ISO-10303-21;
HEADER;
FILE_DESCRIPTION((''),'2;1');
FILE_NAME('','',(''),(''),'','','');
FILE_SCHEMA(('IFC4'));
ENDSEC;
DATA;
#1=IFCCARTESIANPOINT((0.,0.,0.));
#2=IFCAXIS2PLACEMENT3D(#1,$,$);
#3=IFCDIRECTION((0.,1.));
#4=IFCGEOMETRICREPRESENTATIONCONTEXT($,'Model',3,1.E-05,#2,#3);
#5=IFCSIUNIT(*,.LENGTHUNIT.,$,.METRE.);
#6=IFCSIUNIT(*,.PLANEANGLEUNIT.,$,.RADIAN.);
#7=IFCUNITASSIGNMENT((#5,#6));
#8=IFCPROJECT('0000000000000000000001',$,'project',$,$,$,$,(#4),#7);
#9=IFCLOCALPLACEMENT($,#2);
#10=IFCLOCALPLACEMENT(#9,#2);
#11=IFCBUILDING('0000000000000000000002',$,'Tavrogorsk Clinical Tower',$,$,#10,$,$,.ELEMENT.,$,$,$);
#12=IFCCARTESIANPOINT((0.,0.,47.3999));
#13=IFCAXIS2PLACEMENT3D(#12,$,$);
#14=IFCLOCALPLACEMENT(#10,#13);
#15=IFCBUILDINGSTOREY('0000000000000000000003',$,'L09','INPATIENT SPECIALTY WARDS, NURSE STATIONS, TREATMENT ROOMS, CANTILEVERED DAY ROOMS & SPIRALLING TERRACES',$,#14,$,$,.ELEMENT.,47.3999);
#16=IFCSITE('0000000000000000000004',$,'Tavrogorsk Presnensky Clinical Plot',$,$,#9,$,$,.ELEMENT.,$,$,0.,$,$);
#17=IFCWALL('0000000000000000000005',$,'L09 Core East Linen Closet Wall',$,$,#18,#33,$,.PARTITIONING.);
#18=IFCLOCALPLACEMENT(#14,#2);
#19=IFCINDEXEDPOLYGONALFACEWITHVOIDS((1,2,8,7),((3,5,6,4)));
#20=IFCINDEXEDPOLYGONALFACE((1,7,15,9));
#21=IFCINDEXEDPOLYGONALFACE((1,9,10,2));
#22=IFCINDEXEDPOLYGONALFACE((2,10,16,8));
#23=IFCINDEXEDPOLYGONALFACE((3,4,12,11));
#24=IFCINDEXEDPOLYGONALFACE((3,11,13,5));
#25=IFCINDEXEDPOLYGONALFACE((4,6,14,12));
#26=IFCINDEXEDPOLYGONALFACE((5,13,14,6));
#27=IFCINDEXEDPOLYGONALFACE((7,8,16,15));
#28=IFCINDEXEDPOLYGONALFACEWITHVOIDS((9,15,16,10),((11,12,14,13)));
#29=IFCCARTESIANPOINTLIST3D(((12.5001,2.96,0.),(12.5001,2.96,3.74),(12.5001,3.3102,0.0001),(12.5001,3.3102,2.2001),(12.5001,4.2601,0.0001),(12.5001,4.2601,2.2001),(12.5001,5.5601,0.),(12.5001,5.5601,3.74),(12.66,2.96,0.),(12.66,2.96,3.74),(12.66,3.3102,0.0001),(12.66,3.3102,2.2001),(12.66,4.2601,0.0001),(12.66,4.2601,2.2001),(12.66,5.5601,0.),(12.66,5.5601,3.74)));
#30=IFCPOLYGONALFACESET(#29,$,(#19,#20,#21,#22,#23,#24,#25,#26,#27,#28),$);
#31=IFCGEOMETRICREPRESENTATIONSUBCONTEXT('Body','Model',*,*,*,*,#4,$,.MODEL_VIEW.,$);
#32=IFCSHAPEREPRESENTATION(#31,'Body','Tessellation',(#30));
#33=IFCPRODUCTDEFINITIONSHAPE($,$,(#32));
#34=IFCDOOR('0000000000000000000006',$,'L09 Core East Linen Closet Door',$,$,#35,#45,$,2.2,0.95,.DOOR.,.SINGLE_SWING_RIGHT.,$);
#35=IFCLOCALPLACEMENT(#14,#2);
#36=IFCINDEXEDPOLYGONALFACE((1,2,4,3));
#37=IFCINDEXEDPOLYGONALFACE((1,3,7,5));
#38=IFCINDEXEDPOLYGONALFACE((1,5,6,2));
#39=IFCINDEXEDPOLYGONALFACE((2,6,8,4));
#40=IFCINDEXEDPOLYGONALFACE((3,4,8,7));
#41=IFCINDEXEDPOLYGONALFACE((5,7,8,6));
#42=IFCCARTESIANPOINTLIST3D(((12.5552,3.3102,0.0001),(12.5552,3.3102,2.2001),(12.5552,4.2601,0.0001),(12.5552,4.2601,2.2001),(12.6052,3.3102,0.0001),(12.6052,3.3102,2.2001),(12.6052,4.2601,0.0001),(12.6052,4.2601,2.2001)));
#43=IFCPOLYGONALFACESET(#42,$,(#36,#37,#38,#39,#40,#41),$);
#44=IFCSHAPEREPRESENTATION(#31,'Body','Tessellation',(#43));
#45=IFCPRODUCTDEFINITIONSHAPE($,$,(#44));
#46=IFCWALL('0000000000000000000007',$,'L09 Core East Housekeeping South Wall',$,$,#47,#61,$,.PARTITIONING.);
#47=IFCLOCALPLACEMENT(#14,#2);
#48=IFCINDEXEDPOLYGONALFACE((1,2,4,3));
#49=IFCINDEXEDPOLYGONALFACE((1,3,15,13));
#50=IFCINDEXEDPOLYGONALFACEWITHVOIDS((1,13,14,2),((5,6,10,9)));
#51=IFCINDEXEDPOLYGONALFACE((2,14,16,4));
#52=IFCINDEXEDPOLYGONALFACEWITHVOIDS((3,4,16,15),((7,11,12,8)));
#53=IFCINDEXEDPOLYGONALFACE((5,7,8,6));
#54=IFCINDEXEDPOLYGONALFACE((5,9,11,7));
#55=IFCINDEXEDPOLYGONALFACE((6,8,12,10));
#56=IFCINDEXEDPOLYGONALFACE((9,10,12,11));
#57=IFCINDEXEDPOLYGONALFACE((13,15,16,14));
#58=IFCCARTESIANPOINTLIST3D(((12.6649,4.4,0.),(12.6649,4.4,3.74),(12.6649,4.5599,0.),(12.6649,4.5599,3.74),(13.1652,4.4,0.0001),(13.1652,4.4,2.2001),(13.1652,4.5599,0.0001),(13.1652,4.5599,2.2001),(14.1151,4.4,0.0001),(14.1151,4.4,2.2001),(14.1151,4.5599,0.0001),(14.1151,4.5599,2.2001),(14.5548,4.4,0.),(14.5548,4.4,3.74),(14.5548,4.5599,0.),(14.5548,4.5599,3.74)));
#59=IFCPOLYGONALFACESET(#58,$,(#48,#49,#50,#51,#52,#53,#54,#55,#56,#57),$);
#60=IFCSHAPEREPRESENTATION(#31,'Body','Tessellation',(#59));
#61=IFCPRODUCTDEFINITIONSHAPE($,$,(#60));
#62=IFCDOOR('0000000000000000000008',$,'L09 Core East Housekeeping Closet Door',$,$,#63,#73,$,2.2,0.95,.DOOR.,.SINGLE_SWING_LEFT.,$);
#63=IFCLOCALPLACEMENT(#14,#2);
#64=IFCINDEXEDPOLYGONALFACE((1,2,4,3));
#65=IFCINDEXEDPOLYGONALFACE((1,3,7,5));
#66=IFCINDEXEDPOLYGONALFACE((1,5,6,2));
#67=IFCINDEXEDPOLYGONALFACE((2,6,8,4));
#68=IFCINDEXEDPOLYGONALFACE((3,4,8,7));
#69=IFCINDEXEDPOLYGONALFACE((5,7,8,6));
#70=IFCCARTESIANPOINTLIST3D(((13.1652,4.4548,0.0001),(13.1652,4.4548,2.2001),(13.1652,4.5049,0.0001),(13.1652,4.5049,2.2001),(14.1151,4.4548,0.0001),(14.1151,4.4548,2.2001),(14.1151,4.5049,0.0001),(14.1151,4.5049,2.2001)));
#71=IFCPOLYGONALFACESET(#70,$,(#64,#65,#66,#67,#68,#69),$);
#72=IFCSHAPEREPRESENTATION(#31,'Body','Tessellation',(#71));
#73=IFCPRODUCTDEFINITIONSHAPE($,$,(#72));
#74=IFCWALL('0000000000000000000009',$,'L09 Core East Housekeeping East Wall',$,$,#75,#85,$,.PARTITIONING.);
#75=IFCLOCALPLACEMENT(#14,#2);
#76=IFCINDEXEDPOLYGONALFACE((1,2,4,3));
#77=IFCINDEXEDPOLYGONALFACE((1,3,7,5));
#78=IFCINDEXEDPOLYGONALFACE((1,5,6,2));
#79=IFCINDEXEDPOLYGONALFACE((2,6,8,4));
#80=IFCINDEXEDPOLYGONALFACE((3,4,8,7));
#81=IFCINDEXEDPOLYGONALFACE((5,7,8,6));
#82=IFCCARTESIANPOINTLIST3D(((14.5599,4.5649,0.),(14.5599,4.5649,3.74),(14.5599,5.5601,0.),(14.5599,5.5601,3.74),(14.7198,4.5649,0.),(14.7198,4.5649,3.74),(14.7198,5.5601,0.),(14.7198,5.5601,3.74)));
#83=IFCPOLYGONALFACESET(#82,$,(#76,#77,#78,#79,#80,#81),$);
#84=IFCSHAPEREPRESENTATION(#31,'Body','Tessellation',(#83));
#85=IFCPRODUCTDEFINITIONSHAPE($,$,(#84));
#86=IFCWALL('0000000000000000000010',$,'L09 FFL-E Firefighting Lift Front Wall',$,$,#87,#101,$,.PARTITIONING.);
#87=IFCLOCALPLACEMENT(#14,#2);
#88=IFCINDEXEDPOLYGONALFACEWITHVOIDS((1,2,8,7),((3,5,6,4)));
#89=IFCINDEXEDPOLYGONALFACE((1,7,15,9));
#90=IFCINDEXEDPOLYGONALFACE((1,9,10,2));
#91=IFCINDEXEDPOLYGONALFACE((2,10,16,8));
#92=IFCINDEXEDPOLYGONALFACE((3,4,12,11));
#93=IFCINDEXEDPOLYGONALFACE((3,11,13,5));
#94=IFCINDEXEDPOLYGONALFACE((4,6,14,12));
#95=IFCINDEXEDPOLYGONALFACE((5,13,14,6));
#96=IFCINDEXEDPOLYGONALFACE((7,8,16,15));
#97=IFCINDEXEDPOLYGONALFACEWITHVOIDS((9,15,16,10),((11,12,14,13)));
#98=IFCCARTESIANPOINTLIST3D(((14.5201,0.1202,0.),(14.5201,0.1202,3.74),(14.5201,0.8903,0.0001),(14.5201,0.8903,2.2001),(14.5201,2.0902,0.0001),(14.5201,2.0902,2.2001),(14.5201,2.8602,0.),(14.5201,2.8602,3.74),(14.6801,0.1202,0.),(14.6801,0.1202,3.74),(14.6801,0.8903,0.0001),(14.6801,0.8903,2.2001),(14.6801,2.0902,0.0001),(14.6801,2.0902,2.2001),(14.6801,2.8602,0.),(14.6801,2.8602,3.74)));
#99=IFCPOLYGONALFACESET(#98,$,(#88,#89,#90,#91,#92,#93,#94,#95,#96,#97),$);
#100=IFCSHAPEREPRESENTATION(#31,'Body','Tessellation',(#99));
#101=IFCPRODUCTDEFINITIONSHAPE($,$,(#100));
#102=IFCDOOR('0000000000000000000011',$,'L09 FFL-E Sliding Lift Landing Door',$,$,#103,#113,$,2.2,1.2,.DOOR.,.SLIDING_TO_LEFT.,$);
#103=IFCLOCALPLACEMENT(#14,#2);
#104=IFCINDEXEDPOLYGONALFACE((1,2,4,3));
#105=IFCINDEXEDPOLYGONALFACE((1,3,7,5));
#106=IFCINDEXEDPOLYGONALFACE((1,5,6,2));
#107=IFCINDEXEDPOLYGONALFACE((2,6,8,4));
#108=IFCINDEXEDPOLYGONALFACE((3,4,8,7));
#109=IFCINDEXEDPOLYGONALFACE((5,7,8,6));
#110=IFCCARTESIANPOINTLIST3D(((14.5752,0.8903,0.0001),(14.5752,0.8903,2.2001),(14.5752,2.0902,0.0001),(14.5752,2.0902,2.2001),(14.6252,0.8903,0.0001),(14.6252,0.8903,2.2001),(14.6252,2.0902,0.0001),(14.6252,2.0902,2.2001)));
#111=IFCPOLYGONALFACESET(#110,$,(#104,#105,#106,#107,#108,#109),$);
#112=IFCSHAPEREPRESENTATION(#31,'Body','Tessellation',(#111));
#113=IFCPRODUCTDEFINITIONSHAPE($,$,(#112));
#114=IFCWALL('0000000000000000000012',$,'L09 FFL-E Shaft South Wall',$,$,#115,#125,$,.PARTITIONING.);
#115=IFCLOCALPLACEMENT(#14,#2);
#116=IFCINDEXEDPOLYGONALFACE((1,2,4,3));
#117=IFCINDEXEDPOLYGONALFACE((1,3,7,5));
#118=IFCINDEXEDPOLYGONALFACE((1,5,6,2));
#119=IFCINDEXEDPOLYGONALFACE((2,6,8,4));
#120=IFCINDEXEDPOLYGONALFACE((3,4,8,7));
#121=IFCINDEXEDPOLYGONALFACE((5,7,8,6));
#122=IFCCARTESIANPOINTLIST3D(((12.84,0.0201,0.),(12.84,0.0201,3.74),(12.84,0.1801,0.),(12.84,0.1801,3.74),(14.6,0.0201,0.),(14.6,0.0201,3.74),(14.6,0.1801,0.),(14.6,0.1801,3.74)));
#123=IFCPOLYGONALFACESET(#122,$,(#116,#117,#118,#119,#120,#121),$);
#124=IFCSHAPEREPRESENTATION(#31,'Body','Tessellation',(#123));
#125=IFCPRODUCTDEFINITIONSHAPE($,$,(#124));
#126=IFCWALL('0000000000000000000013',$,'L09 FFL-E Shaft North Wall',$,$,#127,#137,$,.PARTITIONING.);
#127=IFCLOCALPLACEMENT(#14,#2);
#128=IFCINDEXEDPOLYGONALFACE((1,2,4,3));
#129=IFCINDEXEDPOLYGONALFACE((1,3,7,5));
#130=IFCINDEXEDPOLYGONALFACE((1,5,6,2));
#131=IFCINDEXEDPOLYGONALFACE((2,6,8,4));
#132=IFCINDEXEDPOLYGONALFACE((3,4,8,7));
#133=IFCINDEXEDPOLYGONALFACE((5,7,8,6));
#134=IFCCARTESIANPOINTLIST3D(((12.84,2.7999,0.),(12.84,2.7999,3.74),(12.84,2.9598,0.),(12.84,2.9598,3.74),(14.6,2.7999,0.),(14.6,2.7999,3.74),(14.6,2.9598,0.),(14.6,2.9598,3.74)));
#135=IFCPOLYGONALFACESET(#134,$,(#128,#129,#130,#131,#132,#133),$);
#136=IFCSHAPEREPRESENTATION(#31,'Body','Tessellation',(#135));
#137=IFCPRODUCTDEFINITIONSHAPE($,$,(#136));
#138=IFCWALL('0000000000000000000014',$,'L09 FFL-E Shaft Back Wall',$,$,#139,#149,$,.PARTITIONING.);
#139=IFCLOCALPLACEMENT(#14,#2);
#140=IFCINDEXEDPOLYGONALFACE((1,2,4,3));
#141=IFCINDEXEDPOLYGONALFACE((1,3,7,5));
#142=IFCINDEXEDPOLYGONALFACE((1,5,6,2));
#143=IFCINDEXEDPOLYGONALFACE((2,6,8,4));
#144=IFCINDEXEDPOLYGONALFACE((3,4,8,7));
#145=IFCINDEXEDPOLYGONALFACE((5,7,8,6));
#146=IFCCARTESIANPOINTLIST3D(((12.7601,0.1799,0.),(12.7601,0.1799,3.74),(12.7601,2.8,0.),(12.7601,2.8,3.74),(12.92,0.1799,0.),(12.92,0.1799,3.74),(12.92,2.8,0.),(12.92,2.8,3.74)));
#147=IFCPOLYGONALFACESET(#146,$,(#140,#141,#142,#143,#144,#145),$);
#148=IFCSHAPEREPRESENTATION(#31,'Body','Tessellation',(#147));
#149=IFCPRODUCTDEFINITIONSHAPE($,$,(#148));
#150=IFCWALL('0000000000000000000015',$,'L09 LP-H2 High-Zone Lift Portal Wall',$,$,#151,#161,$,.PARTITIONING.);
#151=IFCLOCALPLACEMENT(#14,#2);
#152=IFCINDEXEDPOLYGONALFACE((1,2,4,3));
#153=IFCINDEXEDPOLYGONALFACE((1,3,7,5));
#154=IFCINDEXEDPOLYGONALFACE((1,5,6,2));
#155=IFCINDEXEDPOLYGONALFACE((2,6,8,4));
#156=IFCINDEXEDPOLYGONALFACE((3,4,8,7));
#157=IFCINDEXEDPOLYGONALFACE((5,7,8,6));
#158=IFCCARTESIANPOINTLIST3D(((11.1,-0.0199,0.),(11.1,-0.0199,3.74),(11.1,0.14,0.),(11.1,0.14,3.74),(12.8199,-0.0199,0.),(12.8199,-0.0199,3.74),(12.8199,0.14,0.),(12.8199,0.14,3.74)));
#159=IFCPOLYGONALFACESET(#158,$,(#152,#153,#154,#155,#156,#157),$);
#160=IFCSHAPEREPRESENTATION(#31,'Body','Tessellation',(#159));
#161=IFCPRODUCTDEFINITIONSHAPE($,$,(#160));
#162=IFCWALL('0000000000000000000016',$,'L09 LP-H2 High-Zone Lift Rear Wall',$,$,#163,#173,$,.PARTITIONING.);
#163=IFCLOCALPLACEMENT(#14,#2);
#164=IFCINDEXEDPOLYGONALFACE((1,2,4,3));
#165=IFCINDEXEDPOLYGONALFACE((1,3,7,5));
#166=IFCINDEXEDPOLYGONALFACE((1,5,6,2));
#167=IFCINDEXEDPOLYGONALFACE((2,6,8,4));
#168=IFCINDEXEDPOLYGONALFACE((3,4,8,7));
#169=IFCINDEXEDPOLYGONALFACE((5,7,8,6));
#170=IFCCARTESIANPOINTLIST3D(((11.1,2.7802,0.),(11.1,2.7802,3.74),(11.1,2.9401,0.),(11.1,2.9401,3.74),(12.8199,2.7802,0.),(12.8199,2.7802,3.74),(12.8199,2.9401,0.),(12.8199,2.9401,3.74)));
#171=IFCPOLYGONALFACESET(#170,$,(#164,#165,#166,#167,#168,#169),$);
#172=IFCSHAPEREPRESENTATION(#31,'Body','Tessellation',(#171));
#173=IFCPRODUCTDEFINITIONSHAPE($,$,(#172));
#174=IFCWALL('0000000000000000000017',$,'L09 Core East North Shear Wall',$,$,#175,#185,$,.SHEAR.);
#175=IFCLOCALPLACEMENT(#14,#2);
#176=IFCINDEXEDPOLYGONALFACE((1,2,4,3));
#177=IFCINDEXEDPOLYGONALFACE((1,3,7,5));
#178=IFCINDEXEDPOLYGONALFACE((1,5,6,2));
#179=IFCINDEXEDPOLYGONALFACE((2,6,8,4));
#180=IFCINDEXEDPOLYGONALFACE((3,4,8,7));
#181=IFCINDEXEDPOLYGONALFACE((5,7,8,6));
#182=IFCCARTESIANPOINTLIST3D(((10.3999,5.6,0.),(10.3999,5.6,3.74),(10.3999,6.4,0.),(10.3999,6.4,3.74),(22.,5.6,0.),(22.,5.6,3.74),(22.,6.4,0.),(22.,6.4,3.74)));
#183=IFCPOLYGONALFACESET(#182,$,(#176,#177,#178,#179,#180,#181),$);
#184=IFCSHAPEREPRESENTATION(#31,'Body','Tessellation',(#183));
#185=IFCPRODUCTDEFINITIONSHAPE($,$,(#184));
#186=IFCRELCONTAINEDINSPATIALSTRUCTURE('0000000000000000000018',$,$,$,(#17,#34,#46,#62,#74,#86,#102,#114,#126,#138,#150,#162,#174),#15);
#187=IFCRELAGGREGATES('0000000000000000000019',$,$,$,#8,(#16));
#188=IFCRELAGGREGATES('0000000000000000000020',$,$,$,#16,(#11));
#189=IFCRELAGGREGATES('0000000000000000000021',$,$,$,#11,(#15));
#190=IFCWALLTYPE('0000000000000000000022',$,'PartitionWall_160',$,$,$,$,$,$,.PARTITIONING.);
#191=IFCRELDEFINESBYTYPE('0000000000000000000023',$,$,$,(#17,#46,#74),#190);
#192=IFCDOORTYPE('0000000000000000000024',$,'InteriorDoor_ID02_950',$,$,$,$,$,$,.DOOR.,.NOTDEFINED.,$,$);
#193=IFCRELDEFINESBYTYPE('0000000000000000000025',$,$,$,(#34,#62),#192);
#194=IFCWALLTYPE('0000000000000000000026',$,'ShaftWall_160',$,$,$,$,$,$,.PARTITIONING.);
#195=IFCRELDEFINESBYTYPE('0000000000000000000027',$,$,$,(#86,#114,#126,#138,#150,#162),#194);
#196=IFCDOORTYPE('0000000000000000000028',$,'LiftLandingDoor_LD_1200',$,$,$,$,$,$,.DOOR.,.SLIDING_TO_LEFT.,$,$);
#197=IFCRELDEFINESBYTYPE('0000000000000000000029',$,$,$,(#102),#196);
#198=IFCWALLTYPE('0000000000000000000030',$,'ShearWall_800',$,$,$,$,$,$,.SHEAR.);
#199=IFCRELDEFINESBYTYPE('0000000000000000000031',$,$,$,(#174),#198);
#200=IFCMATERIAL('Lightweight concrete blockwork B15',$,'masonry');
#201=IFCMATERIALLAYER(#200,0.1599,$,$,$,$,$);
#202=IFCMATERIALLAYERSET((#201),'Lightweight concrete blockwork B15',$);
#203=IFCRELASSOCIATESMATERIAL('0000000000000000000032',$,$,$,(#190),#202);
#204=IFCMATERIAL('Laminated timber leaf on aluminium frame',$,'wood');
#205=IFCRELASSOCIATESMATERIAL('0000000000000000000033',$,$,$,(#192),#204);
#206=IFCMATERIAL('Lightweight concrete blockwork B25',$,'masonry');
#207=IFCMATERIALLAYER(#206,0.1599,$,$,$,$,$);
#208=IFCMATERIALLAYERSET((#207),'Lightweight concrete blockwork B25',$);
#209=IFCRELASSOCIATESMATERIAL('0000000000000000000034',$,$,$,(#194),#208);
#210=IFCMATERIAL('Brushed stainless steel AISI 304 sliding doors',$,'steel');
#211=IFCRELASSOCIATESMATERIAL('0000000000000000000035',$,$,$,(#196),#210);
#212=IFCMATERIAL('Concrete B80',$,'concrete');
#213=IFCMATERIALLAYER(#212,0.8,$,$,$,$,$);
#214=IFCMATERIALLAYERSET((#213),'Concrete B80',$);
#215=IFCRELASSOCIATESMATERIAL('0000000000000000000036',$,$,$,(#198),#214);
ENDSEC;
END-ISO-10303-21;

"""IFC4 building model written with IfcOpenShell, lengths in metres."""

from ifc_helpers import new_model, si_unit, direction, frame, frame_2d, origin, place, context, subcontext, project, spatial, rectangle, extrude, material, layer, layer_set, type_object, element, fill, save


model = new_model("IFC4")

# Units and contexts
model_context = context("Model", 3, precision=1e-05, world=origin(), true_north=direction((0.0, 1.0)))
body_context = subcontext(model_context, "Body", "Model", "MODEL_VIEW")
ifc_project = project(units=[si_unit("LENGTHUNIT", "METRE"), si_unit("PLANEANGLEUNIT", "RADIAN")], contexts=[model_context])

# Site, building, storey
site_placement = place(None, origin())
site = spatial("IfcSite", under=ifc_project, at=site_placement, Name="Tavrogorsk Presnensky Clinical Plot", CompositionType="ELEMENT", RefElevation=0.0)
building_placement = place(site_placement, origin())
building = spatial("IfcBuilding", under=site, at=building_placement, Name="Tavrogorsk Clinical Tower", CompositionType="ELEMENT")
storey_placement = place(building_placement, frame((0.0, 0.0, 47.3999)))
storey = spatial("IfcBuildingStorey", under=building, at=storey_placement, Name="L09", Description="INPATIENT SPECIALTY WARDS, NURSE STATIONS, TREATMENT ROOMS, CANTILEVERED DAY ROOMS & SPIRALLING TERRACES", CompositionType="ELEMENT", Elevation=47.3999)

# Walls, openings, doors
ifc_material_1 = material(Name="Lightweight concrete blockwork B15", Category="masonry")
ifc_layer_1 = layer(ifc_material_1, 0.1599)
ifc_layer_set_1 = layer_set([ifc_layer_1], Name="Lightweight concrete blockwork B15")
wall_type_1 = type_object("IfcWallType", Name="PartitionWall_160", PredefinedType="PARTITIONING", material=ifc_layer_set_1)
wall_1_placement = place(storey_placement, frame((12.5801, 2.96, 0.0), z_axis=(0.0, 0.0, 1.0), x_axis=(0.0, 1.0, 0.0)))
wall_1 = element("IfcWall", 1, at=wall_1_placement, inside=storey, type_object=wall_type_1, Name="L09 Core East Linen Closet Wall", PredefinedType="PARTITIONING", context=body_context, shape_type="SweptSolid", body=[
    extrude(rectangle(XDim=2.6001, YDim=0.1599, at=frame_2d((1.3, 0.0))), origin(), (0.0, 0.0, 1.0), 3.74),
])
opening_1_placement = place(wall_1_placement, frame((0.3501, 0.0, 0.0)))
opening_1 = element("IfcOpeningElement", 2, at=opening_1_placement, cuts=wall_1, PredefinedType="OPENING", context=body_context, shape_type="SweptSolid", body=[
    extrude(rectangle(XDim=0.95, YDim=2.2, at=frame_2d((0.4751, 1.1001))), frame((0.0, 0.0898, 0.0), z_axis=(0.0, -1.0, 0.0), x_axis=(1.0, 0.0, 0.0)), (0.0, 0.0, 1.0), 0.1799),
])
ifc_material_2 = material(Name="Laminated timber leaf on aluminium frame", Category="wood")
door_type_1 = type_object("IfcDoorType", Name="InteriorDoor_ID02_950", OperationType="NOTDEFINED", PredefinedType="DOOR", material=ifc_material_2)
door_1_placement = place(opening_1_placement, origin())
door_1 = element("IfcDoor", 3, at=door_1_placement, inside=storey, type_object=door_type_1, Name="L09 Core East Linen Closet Door", OperationType="SINGLE_SWING_RIGHT", OverallHeight=2.2, OverallWidth=0.95, PredefinedType="DOOR", context=body_context, shape_type="SweptSolid", body=[
    extrude(rectangle(XDim=0.95, YDim=2.2, at=frame_2d((0.4751, 1.1001))), frame((0.0, 0.0249, 0.0), z_axis=(0.0, -1.0, 0.0), x_axis=(1.0, 0.0, 0.0)), (0.0, 0.0, 1.0), 0.05),
])
fill(opening_1, door_1)
wall_2_placement = place(storey_placement, frame((12.665, 4.48, 0.0), z_axis=(0.0, 0.0, 1.0), x_axis=(1.0, 0.0, 0.0)))
wall_2 = element("IfcWall", 4, at=wall_2_placement, inside=storey, type_object=wall_type_1, Name="L09 Core East Housekeeping South Wall", PredefinedType="PARTITIONING", context=body_context, shape_type="SweptSolid", body=[
    extrude(rectangle(XDim=1.8899, YDim=0.1599, at=frame_2d((0.9448, 0.0))), origin(), (0.0, 0.0, 1.0), 3.74),
])
opening_2_placement = place(wall_2_placement, frame((0.5, 0.0, 0.0)))
opening_2 = element("IfcOpeningElement", 5, at=opening_2_placement, cuts=wall_2, PredefinedType="OPENING", context=body_context, shape_type="SweptSolid", body=[
    extrude(rectangle(XDim=0.95, YDim=2.2, at=frame_2d((0.4751, 1.1001))), frame((0.0, 0.0898, 0.0), z_axis=(0.0, -1.0, 0.0), x_axis=(1.0, 0.0, 0.0)), (0.0, 0.0, 1.0), 0.1799),
])
door_2_placement = place(opening_2_placement, origin())
door_2 = element("IfcDoor", 6, at=door_2_placement, inside=storey, type_object=door_type_1, Name="L09 Core East Housekeeping Closet Door", OperationType="SINGLE_SWING_LEFT", OverallHeight=2.2, OverallWidth=0.95, PredefinedType="DOOR", context=body_context, shape_type="SweptSolid", body=[
    extrude(rectangle(XDim=0.95, YDim=2.2, at=frame_2d((0.4751, 1.1001))), frame((0.0, 0.0249, 0.0), z_axis=(0.0, -1.0, 0.0), x_axis=(1.0, 0.0, 0.0)), (0.0, 0.0, 1.0), 0.05),
])
fill(opening_2, door_2)

# Wall
wall_3_placement = place(storey_placement, frame((14.6399, 4.5649, 0.0), z_axis=(0.0, 0.0, 1.0), x_axis=(0.0, 1.0, 0.0)))
element("IfcWall", 7, at=wall_3_placement, inside=storey, type_object=wall_type_1, Name="L09 Core East Housekeeping East Wall", PredefinedType="PARTITIONING", context=body_context, shape_type="SweptSolid", body=[
    extrude(rectangle(XDim=0.9951, YDim=0.1599, at=frame_2d((0.4976, 0.0))), origin(), (0.0, 0.0, 1.0), 3.74),
])

# Wall, opening, door
ifc_material_3 = material(Name="Lightweight concrete blockwork B25", Category="masonry")
ifc_layer_2 = layer(ifc_material_3, 0.1599)
ifc_layer_set_2 = layer_set([ifc_layer_2], Name="Lightweight concrete blockwork B25")
wall_type_2 = type_object("IfcWallType", Name="ShaftWall_160", PredefinedType="PARTITIONING", material=ifc_layer_set_2)
wall_4_placement = place(storey_placement, frame((14.6001, 0.1201, 0.0), z_axis=(0.0, 0.0, 1.0), x_axis=(0.0, 1.0, 0.0)))
wall_4 = element("IfcWall", 8, at=wall_4_placement, inside=storey, type_object=wall_type_2, Name="L09 FFL-E Firefighting Lift Front Wall", PredefinedType="PARTITIONING", context=body_context, shape_type="SweptSolid", body=[
    extrude(rectangle(XDim=2.74, YDim=0.1599, at=frame_2d((1.3701, 0.0))), origin(), (0.0, 0.0, 1.0), 3.74),
])
opening_3_placement = place(wall_4_placement, frame((0.77, 0.0, 0.0)))
opening_3 = element("IfcOpeningElement", 9, at=opening_3_placement, cuts=wall_4, PredefinedType="OPENING", context=body_context, shape_type="SweptSolid", body=[
    extrude(rectangle(XDim=1.2, YDim=2.2, at=frame_2d((0.6001, 1.1001))), frame((0.0, 0.0898, 0.0), z_axis=(0.0, -1.0, 0.0), x_axis=(1.0, 0.0, 0.0)), (0.0, 0.0, 1.0), 0.1799),
])
ifc_material_4 = material(Name="Brushed stainless steel AISI 304 sliding doors", Category="steel")
door_type_2 = type_object("IfcDoorType", Name="LiftLandingDoor_LD_1200", OperationType="SLIDING_TO_LEFT", PredefinedType="DOOR", material=ifc_material_4)
door_3_placement = place(opening_3_placement, origin())
door_3 = element("IfcDoor", 10, at=door_3_placement, inside=storey, type_object=door_type_2, Name="L09 FFL-E Sliding Lift Landing Door", OperationType="SLIDING_TO_LEFT", OverallHeight=2.2, OverallWidth=1.2, PredefinedType="DOOR", context=body_context, shape_type="SweptSolid", body=[
    extrude(rectangle(XDim=1.2, YDim=2.2, at=frame_2d((0.6001, 1.1001))), frame((0.0, 0.0249, 0.0), z_axis=(0.0, -1.0, 0.0), x_axis=(1.0, 0.0, 0.0)), (0.0, 0.0, 1.0), 0.05),
])
fill(opening_3, door_3)

# Walls
for number, where, z_axis, x_axis, name in (
    (11, (12.8401, 0.1001, 0.0), (0.0, 0.0, 1.0), (1.0, 0.0, 0.0), "L09 FFL-E Shaft South Wall"),
    (12, (12.8401, 2.8799, 0.0), (0.0, 0.0, 1.0), (1.0, 0.0, 0.0), "L09 FFL-E Shaft North Wall"),
):
    element("IfcWall", number, at=place(storey_placement, frame(where, z_axis=z_axis, x_axis=x_axis)), inside=storey, type_object=wall_type_2, Name=name, PredefinedType="PARTITIONING", context=body_context, shape_type="SweptSolid", body=[
        extrude(rectangle(XDim=1.76, YDim=0.1599, at=frame_2d((0.8799, 0.0))), origin(), (0.0, 0.0, 1.0), 3.74),
    ])
wall_5_placement = place(storey_placement, frame((12.8401, 0.1799, 0.0), z_axis=(0.0, 0.0, 1.0), x_axis=(0.0, 1.0, 0.0)))
element("IfcWall", 13, at=wall_5_placement, inside=storey, type_object=wall_type_2, Name="L09 FFL-E Shaft Back Wall", PredefinedType="PARTITIONING", context=body_context, shape_type="SweptSolid", body=[
    extrude(rectangle(XDim=2.6201, YDim=0.1599, at=frame_2d((1.3101, 0.0))), origin(), (0.0, 0.0, 1.0), 3.74),
])
for number, where, z_axis, x_axis, name in (
    (14, (11.1001, 0.0601, 0.0), (0.0, 0.0, 1.0), (1.0, 0.0, 0.0), "L09 LP-H2 High-Zone Lift Portal Wall"),
    (15, (11.1001, 2.8601, 0.0), (0.0, 0.0, 1.0), (1.0, 0.0, 0.0), "L09 LP-H2 High-Zone Lift Rear Wall"),
):
    element("IfcWall", number, at=place(storey_placement, frame(where, z_axis=z_axis, x_axis=x_axis)), inside=storey, type_object=wall_type_2, Name=name, PredefinedType="PARTITIONING", context=body_context, shape_type="SweptSolid", body=[
        extrude(rectangle(XDim=1.72, YDim=0.1599, at=frame_2d((0.8599, 0.0))), origin(), (0.0, 0.0, 1.0), 3.74),
    ])
ifc_material_5 = material(Name="Concrete B80", Category="concrete")
ifc_layer_3 = layer(ifc_material_5, 0.8)
ifc_layer_set_3 = layer_set([ifc_layer_3], Name="Concrete B80")
wall_type_3 = type_object("IfcWallType", Name="ShearWall_800", PredefinedType="SHEAR", material=ifc_layer_set_3)
wall_6_placement = place(storey_placement, frame((10.3999, 6.0, 0.0), z_axis=(0.0, 0.0, 1.0), x_axis=(1.0, 0.0, 0.0)))
element("IfcWall", 16, at=wall_6_placement, inside=storey, type_object=wall_type_3, Name="L09 Core East North Shear Wall", PredefinedType="SHEAR", context=body_context, shape_type="SweptSolid", body=[
    extrude(rectangle(XDim=11.6001, YDim=0.8, at=frame_2d((5.8, 0.0))), origin(), (0.0, 0.0, 1.0), 3.74),
])

save(model, "model.ifc")
